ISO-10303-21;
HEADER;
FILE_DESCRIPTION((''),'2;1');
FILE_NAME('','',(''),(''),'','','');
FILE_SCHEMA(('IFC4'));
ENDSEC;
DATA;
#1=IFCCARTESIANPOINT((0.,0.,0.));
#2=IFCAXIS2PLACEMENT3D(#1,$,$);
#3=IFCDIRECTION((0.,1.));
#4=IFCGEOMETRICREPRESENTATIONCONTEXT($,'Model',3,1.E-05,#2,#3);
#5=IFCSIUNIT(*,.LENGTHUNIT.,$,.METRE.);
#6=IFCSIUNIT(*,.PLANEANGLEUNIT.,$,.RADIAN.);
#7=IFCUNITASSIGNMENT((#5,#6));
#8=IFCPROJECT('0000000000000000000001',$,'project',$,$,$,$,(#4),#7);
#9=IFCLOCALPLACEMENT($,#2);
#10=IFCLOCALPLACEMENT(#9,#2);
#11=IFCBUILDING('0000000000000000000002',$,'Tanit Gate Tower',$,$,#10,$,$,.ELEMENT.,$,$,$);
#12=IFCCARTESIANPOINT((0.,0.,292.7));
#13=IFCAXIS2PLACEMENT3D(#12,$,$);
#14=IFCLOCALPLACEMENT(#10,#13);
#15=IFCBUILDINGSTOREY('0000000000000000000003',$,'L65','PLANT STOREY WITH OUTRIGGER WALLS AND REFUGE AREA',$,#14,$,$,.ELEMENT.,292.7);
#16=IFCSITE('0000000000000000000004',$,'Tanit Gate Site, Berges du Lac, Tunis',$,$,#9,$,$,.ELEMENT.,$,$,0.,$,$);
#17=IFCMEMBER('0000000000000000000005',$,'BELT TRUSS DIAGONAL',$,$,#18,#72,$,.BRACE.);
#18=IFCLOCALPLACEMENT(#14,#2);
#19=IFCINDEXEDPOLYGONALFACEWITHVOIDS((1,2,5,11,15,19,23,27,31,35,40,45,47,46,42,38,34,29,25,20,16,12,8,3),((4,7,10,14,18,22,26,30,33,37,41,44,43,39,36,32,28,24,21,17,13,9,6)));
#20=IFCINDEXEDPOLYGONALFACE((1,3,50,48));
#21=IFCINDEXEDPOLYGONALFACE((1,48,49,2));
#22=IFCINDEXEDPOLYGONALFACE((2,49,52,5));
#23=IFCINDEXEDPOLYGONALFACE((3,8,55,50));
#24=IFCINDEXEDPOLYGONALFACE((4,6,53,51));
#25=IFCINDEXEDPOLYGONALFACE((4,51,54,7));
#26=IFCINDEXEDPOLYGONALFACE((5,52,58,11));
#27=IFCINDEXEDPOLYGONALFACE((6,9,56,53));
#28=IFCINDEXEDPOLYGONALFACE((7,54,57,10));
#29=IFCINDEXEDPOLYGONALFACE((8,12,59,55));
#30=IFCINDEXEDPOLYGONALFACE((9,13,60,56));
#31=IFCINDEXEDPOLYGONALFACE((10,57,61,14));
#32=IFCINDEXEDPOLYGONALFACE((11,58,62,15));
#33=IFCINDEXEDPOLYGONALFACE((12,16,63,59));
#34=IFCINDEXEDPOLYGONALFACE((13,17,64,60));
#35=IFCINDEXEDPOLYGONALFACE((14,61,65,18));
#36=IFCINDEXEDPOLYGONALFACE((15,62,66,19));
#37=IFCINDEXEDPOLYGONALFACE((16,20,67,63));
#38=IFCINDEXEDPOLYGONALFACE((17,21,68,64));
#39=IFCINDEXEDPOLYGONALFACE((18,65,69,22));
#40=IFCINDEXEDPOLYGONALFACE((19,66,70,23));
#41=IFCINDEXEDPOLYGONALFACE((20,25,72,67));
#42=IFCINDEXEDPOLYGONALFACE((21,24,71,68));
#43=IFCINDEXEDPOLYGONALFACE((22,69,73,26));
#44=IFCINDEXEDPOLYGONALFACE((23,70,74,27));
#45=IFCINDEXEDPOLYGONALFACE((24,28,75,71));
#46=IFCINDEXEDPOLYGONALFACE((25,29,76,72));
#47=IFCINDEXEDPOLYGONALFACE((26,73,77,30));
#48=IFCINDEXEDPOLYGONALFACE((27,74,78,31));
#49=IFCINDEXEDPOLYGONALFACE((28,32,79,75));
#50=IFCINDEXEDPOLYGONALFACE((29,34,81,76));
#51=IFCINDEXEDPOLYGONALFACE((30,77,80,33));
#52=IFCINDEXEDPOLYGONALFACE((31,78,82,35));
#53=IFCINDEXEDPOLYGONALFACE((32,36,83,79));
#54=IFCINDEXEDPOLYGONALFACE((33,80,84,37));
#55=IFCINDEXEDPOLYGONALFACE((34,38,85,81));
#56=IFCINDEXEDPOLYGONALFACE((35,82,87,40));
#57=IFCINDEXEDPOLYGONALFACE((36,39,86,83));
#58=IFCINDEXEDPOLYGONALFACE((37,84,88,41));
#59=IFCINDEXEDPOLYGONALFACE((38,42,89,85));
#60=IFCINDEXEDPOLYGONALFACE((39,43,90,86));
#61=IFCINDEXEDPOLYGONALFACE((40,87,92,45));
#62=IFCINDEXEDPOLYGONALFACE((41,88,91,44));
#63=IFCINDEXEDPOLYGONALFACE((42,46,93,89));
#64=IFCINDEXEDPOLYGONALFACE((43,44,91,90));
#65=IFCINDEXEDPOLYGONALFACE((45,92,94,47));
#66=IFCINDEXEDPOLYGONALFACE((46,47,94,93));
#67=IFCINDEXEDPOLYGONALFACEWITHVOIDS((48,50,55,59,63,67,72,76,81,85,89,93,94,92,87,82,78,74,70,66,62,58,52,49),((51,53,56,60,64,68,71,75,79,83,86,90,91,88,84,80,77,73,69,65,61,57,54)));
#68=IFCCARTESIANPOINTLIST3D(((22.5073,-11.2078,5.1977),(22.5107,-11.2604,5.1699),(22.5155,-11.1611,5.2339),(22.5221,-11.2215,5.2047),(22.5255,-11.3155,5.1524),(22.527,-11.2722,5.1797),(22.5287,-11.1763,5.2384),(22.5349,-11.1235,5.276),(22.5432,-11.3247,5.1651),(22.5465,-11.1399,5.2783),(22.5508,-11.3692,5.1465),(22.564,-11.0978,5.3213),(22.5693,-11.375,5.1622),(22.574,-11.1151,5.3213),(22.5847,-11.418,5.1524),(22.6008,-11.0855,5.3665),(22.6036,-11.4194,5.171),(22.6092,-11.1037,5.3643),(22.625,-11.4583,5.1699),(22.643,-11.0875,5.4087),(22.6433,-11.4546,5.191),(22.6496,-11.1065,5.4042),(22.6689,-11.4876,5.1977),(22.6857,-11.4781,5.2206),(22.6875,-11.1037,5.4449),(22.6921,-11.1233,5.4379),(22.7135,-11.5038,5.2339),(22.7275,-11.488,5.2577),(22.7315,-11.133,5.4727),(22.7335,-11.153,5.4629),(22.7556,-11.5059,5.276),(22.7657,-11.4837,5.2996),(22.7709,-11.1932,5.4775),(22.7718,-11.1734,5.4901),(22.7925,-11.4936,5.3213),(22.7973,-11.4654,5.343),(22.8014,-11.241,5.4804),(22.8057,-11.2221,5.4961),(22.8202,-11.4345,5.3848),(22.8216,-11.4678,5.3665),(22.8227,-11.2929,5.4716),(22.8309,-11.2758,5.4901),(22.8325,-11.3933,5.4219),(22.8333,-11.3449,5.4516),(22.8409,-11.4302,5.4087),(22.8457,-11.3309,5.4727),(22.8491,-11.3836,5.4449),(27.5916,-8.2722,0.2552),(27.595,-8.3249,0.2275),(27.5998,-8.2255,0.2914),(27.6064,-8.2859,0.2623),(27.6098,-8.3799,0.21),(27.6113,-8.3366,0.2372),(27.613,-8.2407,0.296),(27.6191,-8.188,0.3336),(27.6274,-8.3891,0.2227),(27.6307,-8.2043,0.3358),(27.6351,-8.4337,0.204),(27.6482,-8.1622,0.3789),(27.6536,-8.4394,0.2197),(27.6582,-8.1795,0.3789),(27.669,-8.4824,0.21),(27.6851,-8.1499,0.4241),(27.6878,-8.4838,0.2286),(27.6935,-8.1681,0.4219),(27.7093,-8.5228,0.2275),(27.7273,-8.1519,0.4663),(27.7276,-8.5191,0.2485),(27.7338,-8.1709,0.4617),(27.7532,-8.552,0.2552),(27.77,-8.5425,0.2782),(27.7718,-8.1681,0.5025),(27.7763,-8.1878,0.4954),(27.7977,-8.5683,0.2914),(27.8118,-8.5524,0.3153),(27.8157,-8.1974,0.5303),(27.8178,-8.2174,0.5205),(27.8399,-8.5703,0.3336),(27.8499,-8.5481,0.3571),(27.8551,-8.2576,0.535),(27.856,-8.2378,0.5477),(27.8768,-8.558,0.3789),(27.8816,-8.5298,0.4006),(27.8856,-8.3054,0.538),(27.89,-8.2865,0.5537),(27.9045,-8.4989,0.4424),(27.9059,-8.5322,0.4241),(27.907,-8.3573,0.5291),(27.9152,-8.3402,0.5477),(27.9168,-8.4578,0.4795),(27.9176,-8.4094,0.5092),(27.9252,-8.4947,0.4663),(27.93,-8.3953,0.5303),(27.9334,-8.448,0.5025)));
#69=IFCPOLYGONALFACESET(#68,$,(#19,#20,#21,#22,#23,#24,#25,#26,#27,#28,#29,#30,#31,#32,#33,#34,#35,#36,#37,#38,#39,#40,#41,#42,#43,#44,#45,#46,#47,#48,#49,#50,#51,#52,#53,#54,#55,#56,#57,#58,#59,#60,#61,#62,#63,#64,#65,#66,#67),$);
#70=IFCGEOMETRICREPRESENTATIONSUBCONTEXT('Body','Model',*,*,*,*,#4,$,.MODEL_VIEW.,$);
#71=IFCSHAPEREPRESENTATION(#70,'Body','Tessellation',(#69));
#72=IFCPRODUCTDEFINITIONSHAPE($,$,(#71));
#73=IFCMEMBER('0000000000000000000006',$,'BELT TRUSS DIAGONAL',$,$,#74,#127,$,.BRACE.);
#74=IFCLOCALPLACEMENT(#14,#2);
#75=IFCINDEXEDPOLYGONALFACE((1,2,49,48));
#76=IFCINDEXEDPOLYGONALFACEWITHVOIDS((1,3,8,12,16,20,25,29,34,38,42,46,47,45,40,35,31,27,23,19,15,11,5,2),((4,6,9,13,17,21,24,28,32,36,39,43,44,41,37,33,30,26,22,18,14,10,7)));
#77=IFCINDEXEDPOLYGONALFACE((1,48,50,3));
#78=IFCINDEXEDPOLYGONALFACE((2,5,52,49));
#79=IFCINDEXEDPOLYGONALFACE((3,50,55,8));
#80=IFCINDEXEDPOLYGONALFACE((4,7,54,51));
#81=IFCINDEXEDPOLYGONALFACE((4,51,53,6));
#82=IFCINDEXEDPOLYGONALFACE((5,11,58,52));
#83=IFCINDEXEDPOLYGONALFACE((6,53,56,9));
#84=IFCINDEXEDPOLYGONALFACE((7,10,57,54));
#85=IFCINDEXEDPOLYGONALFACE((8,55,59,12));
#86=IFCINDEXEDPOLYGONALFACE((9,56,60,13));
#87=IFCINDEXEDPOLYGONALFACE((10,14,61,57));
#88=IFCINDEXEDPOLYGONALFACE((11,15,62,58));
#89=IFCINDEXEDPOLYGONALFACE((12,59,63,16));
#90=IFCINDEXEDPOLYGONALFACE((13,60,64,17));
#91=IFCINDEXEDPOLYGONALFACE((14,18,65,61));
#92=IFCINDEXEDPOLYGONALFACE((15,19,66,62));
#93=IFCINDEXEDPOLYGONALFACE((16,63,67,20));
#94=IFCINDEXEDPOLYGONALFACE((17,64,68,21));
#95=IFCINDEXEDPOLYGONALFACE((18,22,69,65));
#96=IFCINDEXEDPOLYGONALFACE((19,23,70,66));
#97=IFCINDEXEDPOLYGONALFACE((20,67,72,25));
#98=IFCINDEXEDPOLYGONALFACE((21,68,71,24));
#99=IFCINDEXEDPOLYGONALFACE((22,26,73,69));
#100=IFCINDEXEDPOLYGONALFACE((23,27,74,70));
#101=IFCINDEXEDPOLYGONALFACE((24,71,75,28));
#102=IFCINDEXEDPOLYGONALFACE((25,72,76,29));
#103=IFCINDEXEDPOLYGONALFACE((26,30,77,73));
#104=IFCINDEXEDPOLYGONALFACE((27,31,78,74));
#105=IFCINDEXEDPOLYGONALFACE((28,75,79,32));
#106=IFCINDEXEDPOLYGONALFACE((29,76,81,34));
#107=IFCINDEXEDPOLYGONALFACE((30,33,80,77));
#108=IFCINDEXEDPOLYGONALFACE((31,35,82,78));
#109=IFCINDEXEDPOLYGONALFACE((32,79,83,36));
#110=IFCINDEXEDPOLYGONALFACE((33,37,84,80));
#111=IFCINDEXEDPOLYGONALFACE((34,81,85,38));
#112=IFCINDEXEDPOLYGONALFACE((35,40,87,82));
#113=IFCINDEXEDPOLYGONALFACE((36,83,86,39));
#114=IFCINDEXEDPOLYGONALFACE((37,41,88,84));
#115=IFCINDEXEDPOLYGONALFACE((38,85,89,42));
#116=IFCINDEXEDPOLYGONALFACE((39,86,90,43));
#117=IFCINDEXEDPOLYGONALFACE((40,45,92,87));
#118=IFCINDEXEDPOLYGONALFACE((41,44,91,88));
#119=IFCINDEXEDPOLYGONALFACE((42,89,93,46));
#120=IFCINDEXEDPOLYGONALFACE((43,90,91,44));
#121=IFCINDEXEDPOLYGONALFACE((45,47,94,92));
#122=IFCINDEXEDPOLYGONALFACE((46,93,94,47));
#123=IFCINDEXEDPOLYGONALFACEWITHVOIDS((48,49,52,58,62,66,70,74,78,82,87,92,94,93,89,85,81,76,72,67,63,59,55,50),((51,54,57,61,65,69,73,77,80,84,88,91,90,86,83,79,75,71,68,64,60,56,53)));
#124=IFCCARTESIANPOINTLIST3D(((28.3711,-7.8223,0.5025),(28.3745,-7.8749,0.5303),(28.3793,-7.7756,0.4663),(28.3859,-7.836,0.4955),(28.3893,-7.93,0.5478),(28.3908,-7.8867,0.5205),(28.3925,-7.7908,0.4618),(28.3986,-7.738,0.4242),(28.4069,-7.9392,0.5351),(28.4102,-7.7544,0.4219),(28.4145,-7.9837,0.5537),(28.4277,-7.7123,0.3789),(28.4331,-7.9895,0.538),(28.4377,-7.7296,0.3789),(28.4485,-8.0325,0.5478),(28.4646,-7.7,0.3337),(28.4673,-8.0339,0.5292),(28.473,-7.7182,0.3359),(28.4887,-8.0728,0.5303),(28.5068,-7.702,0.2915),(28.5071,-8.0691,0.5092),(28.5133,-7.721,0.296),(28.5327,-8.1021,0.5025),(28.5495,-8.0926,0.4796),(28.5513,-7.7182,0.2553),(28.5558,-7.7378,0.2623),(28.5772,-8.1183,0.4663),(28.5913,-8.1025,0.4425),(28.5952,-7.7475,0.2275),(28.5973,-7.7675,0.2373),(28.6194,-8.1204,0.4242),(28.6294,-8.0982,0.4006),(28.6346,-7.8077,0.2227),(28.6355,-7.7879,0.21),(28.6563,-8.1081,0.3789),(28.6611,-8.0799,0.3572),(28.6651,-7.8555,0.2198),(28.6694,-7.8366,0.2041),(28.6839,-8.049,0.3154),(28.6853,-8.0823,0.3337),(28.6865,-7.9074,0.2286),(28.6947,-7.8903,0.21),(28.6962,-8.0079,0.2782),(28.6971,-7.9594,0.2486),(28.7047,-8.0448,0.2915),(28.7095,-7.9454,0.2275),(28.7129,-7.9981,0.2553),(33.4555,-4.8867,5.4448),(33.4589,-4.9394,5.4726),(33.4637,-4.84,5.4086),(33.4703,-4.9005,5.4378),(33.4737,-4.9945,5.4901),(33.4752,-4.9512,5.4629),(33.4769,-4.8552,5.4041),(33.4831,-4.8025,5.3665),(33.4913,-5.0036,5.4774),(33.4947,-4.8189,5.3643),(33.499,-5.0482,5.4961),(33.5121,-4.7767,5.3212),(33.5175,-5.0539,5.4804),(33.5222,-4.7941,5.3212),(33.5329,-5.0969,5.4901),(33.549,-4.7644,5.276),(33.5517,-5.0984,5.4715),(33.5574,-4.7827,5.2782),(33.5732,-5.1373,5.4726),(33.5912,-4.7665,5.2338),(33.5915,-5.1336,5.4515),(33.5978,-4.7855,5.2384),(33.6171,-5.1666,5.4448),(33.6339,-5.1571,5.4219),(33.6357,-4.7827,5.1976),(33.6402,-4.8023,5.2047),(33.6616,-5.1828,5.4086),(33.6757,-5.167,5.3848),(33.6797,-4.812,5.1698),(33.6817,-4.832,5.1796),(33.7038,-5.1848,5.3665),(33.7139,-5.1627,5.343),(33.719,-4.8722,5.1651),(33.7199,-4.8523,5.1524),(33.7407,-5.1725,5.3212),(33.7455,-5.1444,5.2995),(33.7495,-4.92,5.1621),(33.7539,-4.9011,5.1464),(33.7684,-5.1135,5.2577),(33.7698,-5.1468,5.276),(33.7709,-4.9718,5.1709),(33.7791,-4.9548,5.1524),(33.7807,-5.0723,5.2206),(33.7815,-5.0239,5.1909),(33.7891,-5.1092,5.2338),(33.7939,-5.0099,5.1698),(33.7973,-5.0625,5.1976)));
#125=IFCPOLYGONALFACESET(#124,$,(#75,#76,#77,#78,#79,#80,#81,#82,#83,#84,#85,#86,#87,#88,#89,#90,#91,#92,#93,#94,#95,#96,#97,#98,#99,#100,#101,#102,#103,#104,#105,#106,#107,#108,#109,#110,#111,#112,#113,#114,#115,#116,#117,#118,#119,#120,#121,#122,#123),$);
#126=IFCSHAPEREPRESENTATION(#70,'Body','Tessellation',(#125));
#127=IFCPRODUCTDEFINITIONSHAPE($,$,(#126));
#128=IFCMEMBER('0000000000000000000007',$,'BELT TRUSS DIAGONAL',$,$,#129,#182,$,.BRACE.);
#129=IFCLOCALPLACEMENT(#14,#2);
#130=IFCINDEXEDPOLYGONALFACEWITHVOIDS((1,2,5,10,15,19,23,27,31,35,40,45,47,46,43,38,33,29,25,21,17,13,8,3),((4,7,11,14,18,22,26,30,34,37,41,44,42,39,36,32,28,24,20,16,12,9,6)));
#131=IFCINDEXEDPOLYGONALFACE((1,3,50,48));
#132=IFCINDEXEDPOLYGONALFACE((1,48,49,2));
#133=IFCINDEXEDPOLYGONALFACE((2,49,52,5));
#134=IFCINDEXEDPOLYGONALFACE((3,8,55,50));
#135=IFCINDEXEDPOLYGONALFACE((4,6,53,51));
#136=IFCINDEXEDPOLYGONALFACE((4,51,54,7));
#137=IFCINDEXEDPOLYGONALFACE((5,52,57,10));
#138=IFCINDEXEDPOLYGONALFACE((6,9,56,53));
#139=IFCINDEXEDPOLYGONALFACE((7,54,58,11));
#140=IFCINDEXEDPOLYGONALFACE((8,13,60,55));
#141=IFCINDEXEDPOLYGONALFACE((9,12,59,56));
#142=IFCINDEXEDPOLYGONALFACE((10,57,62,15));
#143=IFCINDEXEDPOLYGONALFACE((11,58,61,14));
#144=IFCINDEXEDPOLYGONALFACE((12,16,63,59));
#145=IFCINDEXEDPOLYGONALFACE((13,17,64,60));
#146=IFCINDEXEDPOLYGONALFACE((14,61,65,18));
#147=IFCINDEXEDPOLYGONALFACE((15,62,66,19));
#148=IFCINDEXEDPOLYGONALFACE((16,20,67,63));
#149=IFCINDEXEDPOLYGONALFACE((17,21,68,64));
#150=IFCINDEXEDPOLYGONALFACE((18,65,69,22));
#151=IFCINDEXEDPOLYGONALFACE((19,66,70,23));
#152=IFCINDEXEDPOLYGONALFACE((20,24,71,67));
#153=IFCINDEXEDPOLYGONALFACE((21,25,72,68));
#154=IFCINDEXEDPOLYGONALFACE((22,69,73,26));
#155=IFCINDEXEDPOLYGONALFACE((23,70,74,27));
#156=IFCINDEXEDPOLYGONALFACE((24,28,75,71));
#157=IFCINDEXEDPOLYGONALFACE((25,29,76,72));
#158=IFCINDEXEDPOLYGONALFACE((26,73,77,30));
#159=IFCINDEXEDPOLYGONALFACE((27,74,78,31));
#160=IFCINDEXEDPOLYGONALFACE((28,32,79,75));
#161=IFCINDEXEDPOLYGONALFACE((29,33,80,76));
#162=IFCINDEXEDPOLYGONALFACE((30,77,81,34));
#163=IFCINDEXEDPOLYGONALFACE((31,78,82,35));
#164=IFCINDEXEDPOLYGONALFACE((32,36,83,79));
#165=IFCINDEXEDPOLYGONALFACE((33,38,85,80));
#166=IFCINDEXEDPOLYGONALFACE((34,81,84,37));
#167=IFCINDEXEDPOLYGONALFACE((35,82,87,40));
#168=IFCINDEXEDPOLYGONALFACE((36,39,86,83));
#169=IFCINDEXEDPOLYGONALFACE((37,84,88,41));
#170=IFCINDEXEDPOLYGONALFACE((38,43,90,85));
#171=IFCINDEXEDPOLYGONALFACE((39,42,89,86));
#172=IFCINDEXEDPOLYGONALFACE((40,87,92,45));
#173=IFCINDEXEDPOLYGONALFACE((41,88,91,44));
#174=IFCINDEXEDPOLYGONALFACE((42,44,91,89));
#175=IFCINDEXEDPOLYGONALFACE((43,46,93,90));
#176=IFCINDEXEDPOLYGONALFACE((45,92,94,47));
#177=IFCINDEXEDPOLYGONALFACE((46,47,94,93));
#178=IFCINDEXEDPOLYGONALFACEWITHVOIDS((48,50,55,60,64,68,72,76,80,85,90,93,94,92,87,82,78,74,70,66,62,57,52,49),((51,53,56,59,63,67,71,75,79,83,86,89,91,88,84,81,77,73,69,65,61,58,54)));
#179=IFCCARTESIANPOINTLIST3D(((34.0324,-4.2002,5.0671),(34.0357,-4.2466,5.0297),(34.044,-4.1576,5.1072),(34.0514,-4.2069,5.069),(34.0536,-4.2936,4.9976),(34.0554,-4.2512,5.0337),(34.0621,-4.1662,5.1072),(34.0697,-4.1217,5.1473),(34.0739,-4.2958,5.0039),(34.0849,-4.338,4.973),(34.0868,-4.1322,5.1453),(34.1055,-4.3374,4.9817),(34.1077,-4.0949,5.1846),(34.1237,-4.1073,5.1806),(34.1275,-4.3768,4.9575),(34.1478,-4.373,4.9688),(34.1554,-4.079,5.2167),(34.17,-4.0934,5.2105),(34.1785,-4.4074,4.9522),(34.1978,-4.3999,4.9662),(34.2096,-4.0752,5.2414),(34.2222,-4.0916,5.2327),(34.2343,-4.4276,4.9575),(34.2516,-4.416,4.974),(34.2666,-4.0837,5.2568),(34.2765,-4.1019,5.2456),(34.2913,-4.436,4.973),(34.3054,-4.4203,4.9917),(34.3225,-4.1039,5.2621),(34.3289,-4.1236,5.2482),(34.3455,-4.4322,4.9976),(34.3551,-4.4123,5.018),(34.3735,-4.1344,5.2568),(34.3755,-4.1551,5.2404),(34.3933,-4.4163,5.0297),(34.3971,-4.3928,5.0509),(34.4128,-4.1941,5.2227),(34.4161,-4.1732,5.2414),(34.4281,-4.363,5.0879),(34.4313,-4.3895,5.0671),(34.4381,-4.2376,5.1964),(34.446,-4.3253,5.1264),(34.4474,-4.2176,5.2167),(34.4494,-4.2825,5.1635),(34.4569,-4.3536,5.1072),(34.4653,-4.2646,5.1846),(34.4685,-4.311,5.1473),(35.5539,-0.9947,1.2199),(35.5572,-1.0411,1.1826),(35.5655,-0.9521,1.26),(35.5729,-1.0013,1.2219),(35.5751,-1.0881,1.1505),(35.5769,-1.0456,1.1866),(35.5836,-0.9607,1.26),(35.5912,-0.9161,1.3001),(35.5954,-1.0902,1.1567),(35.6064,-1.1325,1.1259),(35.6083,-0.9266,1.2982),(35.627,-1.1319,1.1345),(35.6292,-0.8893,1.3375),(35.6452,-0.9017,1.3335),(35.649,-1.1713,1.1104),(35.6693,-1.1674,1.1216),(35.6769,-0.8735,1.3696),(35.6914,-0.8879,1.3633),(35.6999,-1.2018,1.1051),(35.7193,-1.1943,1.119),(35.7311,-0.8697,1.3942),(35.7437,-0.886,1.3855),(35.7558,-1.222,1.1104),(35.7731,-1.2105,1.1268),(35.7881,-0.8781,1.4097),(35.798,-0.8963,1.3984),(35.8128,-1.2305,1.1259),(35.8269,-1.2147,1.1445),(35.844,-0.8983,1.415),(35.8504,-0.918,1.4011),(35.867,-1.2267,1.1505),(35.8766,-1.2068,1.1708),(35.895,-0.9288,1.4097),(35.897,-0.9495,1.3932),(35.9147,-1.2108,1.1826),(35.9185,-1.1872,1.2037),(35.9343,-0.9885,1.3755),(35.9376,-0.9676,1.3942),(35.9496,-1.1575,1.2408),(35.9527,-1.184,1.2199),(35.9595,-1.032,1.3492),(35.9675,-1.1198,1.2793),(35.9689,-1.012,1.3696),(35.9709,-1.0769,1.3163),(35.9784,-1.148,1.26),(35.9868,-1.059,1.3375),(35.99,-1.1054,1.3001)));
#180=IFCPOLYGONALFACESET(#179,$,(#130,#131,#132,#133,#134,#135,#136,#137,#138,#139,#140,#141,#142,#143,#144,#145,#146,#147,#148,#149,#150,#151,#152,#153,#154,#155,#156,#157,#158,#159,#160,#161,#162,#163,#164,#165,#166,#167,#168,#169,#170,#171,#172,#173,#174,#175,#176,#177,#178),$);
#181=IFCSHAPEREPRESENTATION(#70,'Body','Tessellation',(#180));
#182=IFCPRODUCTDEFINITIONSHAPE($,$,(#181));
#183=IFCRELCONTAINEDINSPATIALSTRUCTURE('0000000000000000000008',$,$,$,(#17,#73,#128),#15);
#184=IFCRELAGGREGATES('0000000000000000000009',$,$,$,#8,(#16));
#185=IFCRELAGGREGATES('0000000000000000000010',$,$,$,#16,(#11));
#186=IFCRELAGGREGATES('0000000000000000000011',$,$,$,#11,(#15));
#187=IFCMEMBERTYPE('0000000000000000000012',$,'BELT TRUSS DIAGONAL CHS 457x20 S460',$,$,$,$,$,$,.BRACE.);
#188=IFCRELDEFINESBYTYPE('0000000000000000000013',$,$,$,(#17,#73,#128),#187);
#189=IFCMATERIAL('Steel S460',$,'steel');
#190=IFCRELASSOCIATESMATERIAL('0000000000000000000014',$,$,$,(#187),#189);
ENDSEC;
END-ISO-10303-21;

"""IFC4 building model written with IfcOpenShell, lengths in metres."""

from ifc_helpers import new_model, si_unit, direction, frame, origin, origin_2d, place, context, subcontext, project, spatial, hollow_circle, extrude, material, material_profile, profile_set, type_object, element, save


model = new_model("IFC4")

# Units and contexts
model_context = context("Model", 3, precision=1e-05, world=origin(), true_north=direction((0.0, 1.0)))
body_context = subcontext(model_context, "Body", "Model", "MODEL_VIEW")
ifc_project = project(units=[si_unit("LENGTHUNIT", "METRE"), si_unit("PLANEANGLEUNIT", "RADIAN")], contexts=[model_context])

# Site, building, storey
site_placement = place(None, origin())
site = spatial("IfcSite", under=ifc_project, at=site_placement, Name="Tanit Gate Site, Berges du Lac, Tunis", CompositionType="ELEMENT", RefElevation=0.0)
building_placement = place(site_placement, origin())
building = spatial("IfcBuilding", under=site, at=building_placement, Name="Tanit Gate Tower", CompositionType="ELEMENT")
storey_placement = place(building_placement, frame((0.0, 0.0, 292.7)))
storey = spatial("IfcBuildingStorey", under=building, at=storey_placement, Name="L65", Description="PLANT STOREY WITH OUTRIGGER WALLS AND REFUGE AREA", CompositionType="ELEMENT", Elevation=292.7)

# Members
ifc_material_1 = material(Name="Steel S460", Category="steel")
ifc_material_profile_1 = material_profile(ifc_material_1, hollow_circle(Radius=0.2285, WallThickness=0.02, at=origin_2d()), Name="CHS 457x20")
ifc_profile_set_1 = profile_set([ifc_material_profile_1], Name="Steel S460")
member_type = type_object("IfcMemberType", Name="BELT TRUSS DIAGONAL CHS 457x20 S460", PredefinedType="BRACE", material=ifc_profile_set_1)
for number, where, z_axis, x_axis, name in (
    (1, (22.6782, -11.2957, 5.3213), (0.662506, 0.38252, -0.644022), (-0.500021, 0.866013, 0.0), "BELT TRUSS DIAGONAL"),
    (2, (28.542, -7.9102, 0.3789), (0.662524, 0.382511, 0.644009), (-0.500003, 0.866024, 0.0), "BELT TRUSS DIAGONAL"),
):
    element("IfcMember", number, at=place(storey_placement, frame(where, z_axis=z_axis, x_axis=x_axis)), inside=storey, type_object=member_type, Name=name, PredefinedType="BRACE", context=body_context, shape_type="SweptSolid", body=[
        extrude(hollow_circle(Radius=0.2285, WallThickness=0.02, at=origin_2d()), origin(), (0.0, 0.0, 1.0), 7.6743),
    ])
member_placement = place(storey_placement, frame((34.2505, -4.2556, 5.1072), z_axis=(0.290711, 0.61249, -0.735081), x_axis=(-0.903404, 0.42879, 0.0)))
element("IfcMember", 3, at=member_placement, inside=storey, type_object=member_type, Name="BELT TRUSS DIAGONAL", PredefinedType="BRACE", context=body_context, shape_type="SweptSolid", body=[
    extrude(hollow_circle(Radius=0.2285, WallThickness=0.02, at=origin_2d()), origin(), (0.0, 0.0, 1.0), 5.2336),
])

save(model, "model.ifc")
